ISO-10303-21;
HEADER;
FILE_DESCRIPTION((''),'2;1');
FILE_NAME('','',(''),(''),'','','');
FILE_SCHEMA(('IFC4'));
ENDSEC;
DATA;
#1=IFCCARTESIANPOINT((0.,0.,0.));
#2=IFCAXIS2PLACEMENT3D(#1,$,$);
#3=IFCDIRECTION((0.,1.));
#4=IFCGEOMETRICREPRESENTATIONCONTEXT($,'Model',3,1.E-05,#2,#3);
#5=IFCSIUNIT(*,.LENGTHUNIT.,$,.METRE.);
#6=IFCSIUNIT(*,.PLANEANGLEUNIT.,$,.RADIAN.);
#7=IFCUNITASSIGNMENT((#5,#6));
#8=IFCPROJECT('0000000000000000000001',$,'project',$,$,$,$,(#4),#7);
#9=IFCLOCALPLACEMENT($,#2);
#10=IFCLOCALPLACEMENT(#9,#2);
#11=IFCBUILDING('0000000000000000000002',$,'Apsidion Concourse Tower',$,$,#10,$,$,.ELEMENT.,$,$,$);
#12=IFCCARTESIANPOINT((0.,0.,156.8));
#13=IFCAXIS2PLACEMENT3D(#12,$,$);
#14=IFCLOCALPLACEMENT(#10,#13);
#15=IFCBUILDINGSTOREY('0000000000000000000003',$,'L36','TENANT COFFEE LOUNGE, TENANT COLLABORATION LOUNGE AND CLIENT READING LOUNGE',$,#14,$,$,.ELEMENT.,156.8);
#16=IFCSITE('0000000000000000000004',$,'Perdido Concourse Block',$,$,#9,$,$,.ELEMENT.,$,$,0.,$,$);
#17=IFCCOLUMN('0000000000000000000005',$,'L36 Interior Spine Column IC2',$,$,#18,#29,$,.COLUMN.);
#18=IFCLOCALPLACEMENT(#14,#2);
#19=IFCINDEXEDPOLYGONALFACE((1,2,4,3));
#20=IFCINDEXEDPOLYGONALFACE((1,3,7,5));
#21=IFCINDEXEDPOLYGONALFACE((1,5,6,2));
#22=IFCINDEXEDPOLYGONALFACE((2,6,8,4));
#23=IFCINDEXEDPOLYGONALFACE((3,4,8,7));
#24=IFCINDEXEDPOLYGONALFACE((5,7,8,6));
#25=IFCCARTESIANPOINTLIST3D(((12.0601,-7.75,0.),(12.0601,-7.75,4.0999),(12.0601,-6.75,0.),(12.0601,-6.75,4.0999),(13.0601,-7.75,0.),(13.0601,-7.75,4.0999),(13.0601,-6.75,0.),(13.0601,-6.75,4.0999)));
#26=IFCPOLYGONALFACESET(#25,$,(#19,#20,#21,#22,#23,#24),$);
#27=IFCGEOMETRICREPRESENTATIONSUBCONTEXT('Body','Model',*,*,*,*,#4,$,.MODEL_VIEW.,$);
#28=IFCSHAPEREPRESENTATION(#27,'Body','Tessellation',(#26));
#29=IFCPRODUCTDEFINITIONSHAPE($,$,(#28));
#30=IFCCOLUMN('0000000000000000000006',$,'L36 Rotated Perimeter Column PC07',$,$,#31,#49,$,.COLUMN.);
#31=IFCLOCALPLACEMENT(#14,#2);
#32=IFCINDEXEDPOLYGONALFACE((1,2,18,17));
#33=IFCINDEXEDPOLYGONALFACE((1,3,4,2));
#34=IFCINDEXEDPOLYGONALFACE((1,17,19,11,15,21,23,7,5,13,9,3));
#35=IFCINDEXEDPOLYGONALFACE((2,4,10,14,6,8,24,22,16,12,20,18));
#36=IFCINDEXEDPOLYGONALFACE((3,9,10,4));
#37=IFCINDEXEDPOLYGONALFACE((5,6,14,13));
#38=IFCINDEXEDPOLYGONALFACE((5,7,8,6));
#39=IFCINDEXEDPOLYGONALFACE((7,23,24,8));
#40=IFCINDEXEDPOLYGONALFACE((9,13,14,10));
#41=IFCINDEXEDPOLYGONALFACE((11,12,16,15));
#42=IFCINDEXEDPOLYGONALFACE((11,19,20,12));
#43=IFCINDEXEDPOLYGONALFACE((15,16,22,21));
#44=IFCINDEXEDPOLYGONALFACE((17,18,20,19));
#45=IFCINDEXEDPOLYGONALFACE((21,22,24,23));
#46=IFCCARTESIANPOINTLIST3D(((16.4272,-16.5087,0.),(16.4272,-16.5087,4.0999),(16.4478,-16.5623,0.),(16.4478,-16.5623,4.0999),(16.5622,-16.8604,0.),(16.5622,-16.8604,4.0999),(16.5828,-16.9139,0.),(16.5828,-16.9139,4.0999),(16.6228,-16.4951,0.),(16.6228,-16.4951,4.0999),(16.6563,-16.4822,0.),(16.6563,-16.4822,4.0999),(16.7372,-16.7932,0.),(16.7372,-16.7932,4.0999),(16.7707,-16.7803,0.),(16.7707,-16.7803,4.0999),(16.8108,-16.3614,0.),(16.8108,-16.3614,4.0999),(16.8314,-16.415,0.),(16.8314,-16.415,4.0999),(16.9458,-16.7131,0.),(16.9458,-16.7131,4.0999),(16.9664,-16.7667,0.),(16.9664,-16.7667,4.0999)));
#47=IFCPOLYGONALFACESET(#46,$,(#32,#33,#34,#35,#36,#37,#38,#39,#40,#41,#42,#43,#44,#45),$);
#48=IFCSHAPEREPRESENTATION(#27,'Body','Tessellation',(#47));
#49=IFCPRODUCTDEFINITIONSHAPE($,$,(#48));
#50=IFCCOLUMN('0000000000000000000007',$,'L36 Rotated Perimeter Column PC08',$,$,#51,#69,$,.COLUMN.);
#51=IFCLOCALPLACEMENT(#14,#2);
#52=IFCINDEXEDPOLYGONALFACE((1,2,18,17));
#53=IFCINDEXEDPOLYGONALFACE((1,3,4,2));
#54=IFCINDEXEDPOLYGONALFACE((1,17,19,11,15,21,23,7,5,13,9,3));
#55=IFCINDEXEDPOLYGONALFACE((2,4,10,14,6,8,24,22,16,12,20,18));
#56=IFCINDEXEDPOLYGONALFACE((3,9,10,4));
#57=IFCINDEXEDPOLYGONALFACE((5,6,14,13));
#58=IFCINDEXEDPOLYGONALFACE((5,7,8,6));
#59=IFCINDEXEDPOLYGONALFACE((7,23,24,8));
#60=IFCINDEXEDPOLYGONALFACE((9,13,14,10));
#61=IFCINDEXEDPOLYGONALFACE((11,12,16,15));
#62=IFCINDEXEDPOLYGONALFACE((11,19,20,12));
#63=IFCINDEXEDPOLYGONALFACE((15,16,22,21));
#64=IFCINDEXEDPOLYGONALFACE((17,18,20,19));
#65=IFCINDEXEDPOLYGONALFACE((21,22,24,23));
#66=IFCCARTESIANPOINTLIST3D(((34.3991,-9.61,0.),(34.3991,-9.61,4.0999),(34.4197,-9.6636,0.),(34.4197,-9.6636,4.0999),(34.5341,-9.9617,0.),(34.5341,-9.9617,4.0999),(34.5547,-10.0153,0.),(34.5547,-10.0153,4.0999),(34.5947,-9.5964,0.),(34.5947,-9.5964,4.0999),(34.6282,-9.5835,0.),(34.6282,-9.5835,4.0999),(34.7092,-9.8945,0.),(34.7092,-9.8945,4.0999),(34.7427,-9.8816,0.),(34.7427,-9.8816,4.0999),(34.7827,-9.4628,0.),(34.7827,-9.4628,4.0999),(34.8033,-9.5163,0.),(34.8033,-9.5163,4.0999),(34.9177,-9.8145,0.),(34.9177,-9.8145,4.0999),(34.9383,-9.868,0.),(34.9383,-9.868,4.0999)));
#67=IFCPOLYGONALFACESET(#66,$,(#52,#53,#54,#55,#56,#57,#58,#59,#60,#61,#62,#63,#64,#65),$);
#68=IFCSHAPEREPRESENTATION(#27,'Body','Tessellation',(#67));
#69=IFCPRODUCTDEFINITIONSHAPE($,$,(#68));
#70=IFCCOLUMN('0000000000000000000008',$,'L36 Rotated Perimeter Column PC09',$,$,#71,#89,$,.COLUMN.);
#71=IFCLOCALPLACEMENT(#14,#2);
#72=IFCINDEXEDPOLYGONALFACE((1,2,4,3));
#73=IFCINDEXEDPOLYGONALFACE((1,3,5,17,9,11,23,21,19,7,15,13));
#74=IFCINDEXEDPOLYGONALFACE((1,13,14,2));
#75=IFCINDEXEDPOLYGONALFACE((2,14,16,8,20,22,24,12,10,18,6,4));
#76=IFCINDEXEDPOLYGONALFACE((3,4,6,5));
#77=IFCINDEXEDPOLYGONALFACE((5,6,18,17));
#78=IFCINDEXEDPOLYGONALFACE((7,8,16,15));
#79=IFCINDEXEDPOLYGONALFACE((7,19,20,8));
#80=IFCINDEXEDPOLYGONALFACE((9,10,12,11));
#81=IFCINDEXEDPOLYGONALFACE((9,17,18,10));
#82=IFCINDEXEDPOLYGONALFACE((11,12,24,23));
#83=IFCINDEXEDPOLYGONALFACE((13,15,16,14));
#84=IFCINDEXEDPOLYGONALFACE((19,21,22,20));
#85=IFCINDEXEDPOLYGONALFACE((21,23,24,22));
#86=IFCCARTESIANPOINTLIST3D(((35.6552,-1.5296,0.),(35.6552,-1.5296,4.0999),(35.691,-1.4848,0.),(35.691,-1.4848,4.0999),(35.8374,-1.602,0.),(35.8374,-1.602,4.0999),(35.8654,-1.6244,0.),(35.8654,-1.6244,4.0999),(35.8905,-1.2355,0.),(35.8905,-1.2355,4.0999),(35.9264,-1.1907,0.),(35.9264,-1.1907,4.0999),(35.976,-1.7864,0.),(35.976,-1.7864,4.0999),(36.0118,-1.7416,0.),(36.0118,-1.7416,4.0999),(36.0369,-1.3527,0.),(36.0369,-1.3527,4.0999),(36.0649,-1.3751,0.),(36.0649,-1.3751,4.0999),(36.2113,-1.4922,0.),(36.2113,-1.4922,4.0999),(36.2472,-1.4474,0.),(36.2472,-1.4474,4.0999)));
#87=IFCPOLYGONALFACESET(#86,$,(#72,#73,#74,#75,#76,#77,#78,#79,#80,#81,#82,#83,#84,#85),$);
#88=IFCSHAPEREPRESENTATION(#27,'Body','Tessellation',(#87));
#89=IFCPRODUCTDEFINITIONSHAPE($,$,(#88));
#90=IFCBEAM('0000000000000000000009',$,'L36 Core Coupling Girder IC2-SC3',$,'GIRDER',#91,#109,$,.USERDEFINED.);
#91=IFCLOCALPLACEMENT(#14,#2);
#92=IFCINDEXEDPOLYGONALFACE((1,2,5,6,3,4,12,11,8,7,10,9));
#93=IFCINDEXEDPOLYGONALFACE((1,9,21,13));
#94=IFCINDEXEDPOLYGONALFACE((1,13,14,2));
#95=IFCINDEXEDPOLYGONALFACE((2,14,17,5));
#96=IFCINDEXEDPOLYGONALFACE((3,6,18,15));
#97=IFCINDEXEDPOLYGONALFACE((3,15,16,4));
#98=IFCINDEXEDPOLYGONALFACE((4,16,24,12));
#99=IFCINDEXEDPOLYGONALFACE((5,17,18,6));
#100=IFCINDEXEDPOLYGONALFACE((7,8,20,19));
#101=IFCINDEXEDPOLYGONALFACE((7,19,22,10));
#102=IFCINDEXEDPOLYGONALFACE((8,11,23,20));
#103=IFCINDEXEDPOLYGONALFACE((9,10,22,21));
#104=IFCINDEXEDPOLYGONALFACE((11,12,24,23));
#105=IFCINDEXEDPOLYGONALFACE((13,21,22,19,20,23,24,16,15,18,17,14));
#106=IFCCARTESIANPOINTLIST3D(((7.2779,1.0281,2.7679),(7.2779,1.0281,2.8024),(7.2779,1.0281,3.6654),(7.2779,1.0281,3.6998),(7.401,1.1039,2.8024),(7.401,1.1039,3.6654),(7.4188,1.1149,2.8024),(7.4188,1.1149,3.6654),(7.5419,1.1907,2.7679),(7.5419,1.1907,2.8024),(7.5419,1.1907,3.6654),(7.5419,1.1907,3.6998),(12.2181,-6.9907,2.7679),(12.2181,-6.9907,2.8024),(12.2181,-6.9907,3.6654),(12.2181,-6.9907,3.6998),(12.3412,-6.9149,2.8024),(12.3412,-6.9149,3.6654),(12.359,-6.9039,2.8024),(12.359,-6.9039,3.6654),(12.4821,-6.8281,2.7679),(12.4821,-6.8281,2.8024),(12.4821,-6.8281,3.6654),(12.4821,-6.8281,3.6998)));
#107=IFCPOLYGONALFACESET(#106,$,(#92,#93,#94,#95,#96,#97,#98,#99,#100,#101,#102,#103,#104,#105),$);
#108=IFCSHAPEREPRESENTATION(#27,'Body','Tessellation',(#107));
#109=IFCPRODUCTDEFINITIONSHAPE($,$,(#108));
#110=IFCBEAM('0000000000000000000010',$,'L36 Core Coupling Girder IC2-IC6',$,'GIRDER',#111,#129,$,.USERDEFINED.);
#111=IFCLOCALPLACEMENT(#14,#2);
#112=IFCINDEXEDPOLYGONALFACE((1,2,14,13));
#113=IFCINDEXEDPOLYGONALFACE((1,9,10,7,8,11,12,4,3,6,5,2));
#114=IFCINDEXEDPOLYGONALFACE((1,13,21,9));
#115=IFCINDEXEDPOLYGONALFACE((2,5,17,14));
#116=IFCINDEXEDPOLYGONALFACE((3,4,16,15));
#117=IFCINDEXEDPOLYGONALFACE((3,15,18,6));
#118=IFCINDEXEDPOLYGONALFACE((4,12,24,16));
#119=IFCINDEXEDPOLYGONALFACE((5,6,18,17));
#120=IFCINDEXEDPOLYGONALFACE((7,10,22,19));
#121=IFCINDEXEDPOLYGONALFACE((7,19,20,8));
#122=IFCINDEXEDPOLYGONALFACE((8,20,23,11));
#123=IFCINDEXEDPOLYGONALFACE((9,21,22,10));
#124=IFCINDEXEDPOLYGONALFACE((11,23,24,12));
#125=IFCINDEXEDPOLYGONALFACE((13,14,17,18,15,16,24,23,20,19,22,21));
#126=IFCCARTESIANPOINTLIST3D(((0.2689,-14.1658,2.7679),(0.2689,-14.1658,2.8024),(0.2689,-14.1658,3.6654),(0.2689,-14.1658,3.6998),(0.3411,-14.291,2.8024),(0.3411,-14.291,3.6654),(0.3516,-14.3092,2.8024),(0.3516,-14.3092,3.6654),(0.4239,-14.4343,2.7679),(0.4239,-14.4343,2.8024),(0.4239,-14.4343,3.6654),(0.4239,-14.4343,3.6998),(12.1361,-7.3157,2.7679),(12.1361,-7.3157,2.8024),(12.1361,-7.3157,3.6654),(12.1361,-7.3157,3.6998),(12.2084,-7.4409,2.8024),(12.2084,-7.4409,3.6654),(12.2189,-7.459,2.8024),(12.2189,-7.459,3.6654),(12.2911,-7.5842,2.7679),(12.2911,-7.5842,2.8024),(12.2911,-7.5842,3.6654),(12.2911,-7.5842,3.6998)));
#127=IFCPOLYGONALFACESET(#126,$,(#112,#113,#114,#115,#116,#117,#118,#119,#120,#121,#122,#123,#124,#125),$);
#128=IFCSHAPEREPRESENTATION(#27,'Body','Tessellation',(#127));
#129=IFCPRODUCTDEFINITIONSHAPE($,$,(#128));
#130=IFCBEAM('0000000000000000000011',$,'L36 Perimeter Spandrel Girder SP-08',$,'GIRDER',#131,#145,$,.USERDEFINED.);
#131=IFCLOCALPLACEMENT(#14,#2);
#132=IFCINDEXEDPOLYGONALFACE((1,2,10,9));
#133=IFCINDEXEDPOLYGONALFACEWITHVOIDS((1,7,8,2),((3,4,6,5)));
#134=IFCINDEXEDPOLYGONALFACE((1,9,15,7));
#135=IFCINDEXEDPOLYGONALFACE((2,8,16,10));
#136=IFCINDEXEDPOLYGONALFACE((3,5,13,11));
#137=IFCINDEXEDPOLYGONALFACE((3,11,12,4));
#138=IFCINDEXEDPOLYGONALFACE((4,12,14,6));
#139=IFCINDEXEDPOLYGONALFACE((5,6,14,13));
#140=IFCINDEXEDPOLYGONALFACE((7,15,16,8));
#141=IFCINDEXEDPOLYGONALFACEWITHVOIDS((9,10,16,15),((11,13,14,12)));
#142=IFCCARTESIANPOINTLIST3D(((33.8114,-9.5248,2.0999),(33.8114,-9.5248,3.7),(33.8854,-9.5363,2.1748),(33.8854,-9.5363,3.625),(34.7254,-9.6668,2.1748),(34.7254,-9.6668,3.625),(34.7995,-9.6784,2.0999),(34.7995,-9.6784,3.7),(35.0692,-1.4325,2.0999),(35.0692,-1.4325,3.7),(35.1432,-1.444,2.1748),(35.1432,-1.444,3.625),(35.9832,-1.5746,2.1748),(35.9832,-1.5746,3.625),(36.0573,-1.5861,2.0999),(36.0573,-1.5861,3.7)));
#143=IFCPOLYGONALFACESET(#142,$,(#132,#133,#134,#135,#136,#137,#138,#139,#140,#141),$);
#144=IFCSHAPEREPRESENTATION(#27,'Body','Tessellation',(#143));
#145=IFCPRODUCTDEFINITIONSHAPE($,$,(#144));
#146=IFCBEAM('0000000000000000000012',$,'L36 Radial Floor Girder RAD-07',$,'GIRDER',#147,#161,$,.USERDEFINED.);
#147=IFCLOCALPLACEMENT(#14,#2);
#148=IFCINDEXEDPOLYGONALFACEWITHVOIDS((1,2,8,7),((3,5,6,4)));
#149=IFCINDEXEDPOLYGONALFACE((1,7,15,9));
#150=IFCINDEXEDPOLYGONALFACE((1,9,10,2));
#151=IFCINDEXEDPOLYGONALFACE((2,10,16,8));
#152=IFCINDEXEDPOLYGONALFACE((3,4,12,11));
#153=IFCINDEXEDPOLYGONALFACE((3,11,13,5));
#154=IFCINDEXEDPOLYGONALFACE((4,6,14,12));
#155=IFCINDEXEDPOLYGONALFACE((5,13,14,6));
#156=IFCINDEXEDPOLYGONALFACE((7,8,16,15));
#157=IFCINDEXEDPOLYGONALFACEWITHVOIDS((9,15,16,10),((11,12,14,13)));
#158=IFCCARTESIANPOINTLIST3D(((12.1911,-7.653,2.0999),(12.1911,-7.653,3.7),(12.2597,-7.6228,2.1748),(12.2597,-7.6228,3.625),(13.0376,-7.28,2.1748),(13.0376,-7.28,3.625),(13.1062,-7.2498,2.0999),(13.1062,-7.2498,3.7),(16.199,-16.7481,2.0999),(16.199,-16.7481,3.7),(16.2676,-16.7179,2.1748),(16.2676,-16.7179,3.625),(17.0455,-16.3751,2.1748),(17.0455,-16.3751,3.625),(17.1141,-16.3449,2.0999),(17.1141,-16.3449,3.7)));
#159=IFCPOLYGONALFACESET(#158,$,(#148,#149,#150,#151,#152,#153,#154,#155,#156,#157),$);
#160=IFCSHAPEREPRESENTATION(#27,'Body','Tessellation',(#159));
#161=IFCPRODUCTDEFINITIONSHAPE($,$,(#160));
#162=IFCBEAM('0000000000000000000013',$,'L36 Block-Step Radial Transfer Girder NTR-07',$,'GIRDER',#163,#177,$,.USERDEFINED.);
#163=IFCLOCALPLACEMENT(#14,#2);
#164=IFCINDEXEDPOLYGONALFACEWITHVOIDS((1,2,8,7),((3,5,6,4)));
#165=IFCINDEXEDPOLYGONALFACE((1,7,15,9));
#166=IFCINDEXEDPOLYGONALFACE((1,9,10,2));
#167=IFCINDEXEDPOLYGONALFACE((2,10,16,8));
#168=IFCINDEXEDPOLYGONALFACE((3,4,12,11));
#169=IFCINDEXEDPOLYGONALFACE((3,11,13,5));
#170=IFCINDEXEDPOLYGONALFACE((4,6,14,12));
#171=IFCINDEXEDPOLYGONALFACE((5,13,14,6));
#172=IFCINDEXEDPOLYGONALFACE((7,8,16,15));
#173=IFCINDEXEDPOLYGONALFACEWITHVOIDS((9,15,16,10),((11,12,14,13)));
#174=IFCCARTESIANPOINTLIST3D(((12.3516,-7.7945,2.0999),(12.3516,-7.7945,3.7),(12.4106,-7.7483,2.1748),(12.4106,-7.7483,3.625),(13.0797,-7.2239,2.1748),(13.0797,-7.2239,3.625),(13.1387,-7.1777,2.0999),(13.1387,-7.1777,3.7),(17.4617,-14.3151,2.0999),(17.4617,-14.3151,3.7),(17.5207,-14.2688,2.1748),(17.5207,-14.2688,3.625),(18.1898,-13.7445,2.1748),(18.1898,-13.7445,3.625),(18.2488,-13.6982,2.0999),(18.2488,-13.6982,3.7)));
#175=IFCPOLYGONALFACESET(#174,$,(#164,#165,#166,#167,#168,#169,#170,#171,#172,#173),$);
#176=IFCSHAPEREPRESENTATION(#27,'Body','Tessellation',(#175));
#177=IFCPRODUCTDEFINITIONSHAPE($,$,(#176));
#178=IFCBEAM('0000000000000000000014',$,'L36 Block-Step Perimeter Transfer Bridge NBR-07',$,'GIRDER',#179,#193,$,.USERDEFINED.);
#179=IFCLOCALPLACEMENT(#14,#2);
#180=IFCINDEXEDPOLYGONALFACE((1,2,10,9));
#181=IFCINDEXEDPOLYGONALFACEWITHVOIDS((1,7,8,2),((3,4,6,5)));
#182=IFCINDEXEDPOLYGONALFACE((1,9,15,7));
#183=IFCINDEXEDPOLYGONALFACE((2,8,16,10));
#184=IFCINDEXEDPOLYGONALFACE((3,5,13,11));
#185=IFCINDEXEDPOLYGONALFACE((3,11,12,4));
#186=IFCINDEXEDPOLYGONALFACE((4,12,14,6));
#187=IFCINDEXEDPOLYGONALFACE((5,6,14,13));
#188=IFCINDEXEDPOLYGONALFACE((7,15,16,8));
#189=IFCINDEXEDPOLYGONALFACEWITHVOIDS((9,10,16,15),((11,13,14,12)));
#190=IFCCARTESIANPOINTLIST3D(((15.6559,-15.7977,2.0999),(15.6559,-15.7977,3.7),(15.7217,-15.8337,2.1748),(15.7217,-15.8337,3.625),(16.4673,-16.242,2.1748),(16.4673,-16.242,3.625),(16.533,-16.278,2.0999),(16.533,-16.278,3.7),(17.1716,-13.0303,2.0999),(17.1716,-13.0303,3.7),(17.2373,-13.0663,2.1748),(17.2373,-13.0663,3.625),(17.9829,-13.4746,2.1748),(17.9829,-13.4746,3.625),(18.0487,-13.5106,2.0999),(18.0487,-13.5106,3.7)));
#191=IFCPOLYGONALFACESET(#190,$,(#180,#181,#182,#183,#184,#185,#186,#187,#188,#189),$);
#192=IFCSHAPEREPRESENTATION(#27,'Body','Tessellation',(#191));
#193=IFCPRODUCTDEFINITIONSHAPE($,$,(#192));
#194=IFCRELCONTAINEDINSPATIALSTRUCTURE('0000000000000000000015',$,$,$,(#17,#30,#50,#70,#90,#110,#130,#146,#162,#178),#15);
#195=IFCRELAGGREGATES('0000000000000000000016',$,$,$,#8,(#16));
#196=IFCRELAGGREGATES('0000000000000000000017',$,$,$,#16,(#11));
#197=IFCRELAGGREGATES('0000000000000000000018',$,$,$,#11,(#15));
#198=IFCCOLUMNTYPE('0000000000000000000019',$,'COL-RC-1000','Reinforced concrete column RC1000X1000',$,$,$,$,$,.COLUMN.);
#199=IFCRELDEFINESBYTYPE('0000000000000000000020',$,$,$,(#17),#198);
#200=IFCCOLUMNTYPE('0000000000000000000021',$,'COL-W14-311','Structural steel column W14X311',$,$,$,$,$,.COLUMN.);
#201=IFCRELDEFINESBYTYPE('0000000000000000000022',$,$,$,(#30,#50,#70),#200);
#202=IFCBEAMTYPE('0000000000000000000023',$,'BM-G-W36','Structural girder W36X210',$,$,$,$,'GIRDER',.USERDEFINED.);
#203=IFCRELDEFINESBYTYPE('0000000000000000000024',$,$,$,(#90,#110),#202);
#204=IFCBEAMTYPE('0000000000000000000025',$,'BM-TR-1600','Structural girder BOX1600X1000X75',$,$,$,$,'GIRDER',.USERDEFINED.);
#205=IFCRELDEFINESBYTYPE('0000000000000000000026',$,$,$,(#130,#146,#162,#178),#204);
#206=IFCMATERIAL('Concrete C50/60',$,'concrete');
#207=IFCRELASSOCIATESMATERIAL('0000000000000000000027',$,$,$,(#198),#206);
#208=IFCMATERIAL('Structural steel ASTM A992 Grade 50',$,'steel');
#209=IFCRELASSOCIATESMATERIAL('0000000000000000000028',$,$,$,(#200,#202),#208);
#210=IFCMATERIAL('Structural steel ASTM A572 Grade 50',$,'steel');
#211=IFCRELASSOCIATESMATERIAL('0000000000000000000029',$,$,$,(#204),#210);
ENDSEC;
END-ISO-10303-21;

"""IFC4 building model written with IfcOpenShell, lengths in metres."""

from ifc_helpers import new_model, si_unit, direction, frame, origin, origin_2d, place, context, subcontext, project, spatial, rectangle, hollow_rectangle, i_section, extrude, material, material_profile, profile_set, type_object, element, save


model = new_model("IFC4")

# Units and contexts
model_context = context("Model", 3, precision=1e-05, world=origin(), true_north=direction((0.0, 1.0)))
body_context = subcontext(model_context, "Body", "Model", "MODEL_VIEW")
ifc_project = project(units=[si_unit("LENGTHUNIT", "METRE"), si_unit("PLANEANGLEUNIT", "RADIAN")], contexts=[model_context])

# Site, building, storey
site_placement = place(None, origin())
site = spatial("IfcSite", under=ifc_project, at=site_placement, Name="Perdido Concourse Block", CompositionType="ELEMENT", RefElevation=0.0)
building_placement = place(site_placement, origin())
building = spatial("IfcBuilding", under=site, at=building_placement, Name="Apsidion Concourse Tower", CompositionType="ELEMENT")
storey_placement = place(building_placement, frame((0.0, 0.0, 156.8)))
storey = spatial("IfcBuildingStorey", under=building, at=storey_placement, Name="L36", Description="TENANT COFFEE LOUNGE, TENANT COLLABORATION LOUNGE AND CLIENT READING LOUNGE", CompositionType="ELEMENT", Elevation=156.8)

# Columns
ifc_material_1 = material(Name="Concrete C50/60", Category="concrete")
ifc_material_profile_1 = material_profile(ifc_material_1, rectangle(XDim=1.0, YDim=1.0, at=origin_2d()), Name="RC 1000x1000")
ifc_profile_set_1 = profile_set([ifc_material_profile_1], Name="Concrete C50/60")
column_type_1 = type_object("IfcColumnType", Name="COL-RC-1000", Description="Reinforced concrete column RC1000X1000", PredefinedType="COLUMN", material=ifc_profile_set_1)
column_placement = place(storey_placement, frame((12.5601, -7.25, 0.0), z_axis=(0.0, 0.0, 1.0), x_axis=(1.0, 0.0, 0.0)))
element("IfcColumn", 1, at=column_placement, inside=storey, type_object=column_type_1, Name="L36 Interior Spine Column IC2", PredefinedType="COLUMN", context=body_context, shape_type="SweptSolid", body=[
    extrude(rectangle(XDim=1.0, YDim=1.0, at=origin_2d()), origin(), (0.0, 0.0, 1.0), 4.0999),
])
ifc_material_2 = material(Name="Structural steel ASTM A992 Grade 50", Category="steel")
ifc_material_profile_2 = material_profile(ifc_material_2, i_section(OverallWidth=0.4109, OverallDepth=0.4341, WebThickness=0.0359, FlangeThickness=0.0574, at=origin_2d()), Name="W14X311")
ifc_profile_set_2 = profile_set([ifc_material_profile_2], Name="Structural steel ASTM A992 Grade 50")
column_type_2 = type_object("IfcColumnType", Name="COL-W14-311", Description="Structural steel column W14X311", PredefinedType="COLUMN", material=ifc_profile_set_2)
for number, where, z_axis, x_axis, name in (
    (2, (16.6968, -16.6377, 0.0), (0.0, 0.0, 1.0), (0.93358, 0.358368, 0.0), "L36 Rotated Perimeter Column PC07"),
    (3, (34.6687, -9.739, 0.0), (0.0, 0.0, 1.0), (0.93358, 0.358368, 0.0), "L36 Rotated Perimeter Column PC08"),
    (4, (35.9512, -1.4885, 0.0), (0.0, 0.0, 1.0), (-0.780758, 0.624834, 0.0), "L36 Rotated Perimeter Column PC09"),
):
    element("IfcColumn", number, at=place(storey_placement, frame(where, z_axis=z_axis, x_axis=x_axis)), inside=storey, type_object=column_type_2, Name=name, PredefinedType="COLUMN", context=body_context, shape_type="SweptSolid", body=[
        extrude(i_section(OverallWidth=0.4109, OverallDepth=0.4341, WebThickness=0.0359, FlangeThickness=0.0574, at=origin_2d()), origin(), (0.0, 0.0, 1.0), 4.0999),
    ])

# Beams
ifc_material_profile_3 = material_profile(ifc_material_2, i_section(OverallWidth=0.3101, OverallDepth=0.9319, WebThickness=0.021, FlangeThickness=0.0344, at=origin_2d()), Name="W36X210")
ifc_profile_set_3 = profile_set([ifc_material_profile_3], Name="Structural steel ASTM A992 Grade 50")
beam_type_1 = type_object("IfcBeamType", Name="BM-G-W36", Description="Structural girder W36X210", ElementType="GIRDER", PredefinedType="USERDEFINED", material=ifc_profile_set_3)
beam_1_placement = place(storey_placement, frame((12.3501, -6.9094, 3.2339), z_axis=(-0.524524, 0.851396, 0.0), x_axis=(-0.851396, -0.524524, 0.0)))
element("IfcBeam", 5, at=beam_1_placement, inside=storey, type_object=beam_type_1, Name="L36 Core Coupling Girder IC2-SC3", ObjectType="GIRDER", PredefinedType="USERDEFINED", context=body_context, shape_type="SweptSolid", body=[
    extrude(i_section(OverallWidth=0.3101, OverallDepth=0.9319, WebThickness=0.021, FlangeThickness=0.0344, at=origin_2d()), origin(), (0.0, 0.0, 1.0), 9.4185),
])
beam_2_placement = place(storey_placement, frame((12.2136, -7.45, 3.2339), z_axis=(-0.86607, -0.499922, 0.0), x_axis=(0.499922, -0.86607, 0.0)))
element("IfcBeam", 6, at=beam_2_placement, inside=storey, type_object=beam_type_1, Name="L36 Core Coupling Girder IC2-IC6", ObjectType="GIRDER", PredefinedType="USERDEFINED", context=body_context, shape_type="SweptSolid", body=[
    extrude(i_section(OverallWidth=0.3101, OverallDepth=0.9319, WebThickness=0.021, FlangeThickness=0.0344, at=origin_2d()), origin(), (0.0, 0.0, 1.0), 13.7024),
])
ifc_material_3 = material(Name="Structural steel ASTM A572 Grade 50", Category="steel")
ifc_material_profile_4 = material_profile(ifc_material_3, hollow_rectangle(XDim=1.0, YDim=1.6001, WallThickness=0.075, at=origin_2d()), Name="BOX1600X1000X75")
ifc_profile_set_4 = profile_set([ifc_material_profile_4], Name="Structural steel ASTM A572 Grade 50")
beam_type_2 = type_object("IfcBeamType", Name="BM-TR-1600", Description="Structural girder BOX1600X1000X75", ElementType="GIRDER", PredefinedType="USERDEFINED", material=ifc_profile_set_4)
beam_3_placement = place(storey_placement, frame((34.3054, -9.6016, 2.8999), z_axis=(0.153589, 0.988135, 0.0), x_axis=(-0.988135, 0.153589, 0.0)))
element("IfcBeam", 7, at=beam_3_placement, inside=storey, type_object=beam_type_2, Name="L36 Perimeter Spandrel Girder SP-08", ObjectType="GIRDER", PredefinedType="USERDEFINED", context=body_context, shape_type="SweptSolid", body=[
    extrude(hollow_rectangle(XDim=1.0, YDim=1.6001, WallThickness=0.075, at=origin_2d()), origin(), (0.0, 0.0, 1.0), 8.1895),
])
beam_4_placement = place(storey_placement, frame((12.6487, -7.4514, 2.8999), z_axis=(0.403246, -0.915091, 0.0), x_axis=(0.915091, 0.403246, 0.0)))
element("IfcBeam", 8, at=beam_4_placement, inside=storey, type_object=beam_type_2, Name="L36 Radial Floor Girder RAD-07", ObjectType="GIRDER", PredefinedType="USERDEFINED", context=body_context, shape_type="SweptSolid", body=[
    extrude(hollow_rectangle(XDim=1.0, YDim=1.6001, WallThickness=0.075, at=origin_2d()), origin(), (0.0, 0.0, 1.0), 9.939),
])
beam_5_placement = place(storey_placement, frame((12.7451, -7.4861, 2.8999), z_axis=(0.61684, -0.787089, 0.0), x_axis=(0.787089, 0.61684, 0.0)))
element("IfcBeam", 9, at=beam_5_placement, inside=storey, type_object=beam_type_2, Name="L36 Block-Step Radial Transfer Girder NTR-07", ObjectType="GIRDER", PredefinedType="USERDEFINED", context=body_context, shape_type="SweptSolid", body=[
    extrude(hollow_rectangle(XDim=1.0, YDim=1.6001, WallThickness=0.075, at=origin_2d()), origin(), (0.0, 0.0, 1.0), 8.2844),
])
beam_6_placement = place(storey_placement, frame((16.0945, -16.0378, 2.8999), z_axis=(0.480359, 0.877072, 0.0), x_axis=(-0.877072, 0.480359, 0.0)))
element("IfcBeam", 10, at=beam_6_placement, inside=storey, type_object=beam_type_2, Name="L36 Block-Step Perimeter Transfer Bridge NBR-07", ObjectType="GIRDER", PredefinedType="USERDEFINED", context=body_context, shape_type="SweptSolid", body=[
    extrude(hollow_rectangle(XDim=1.0, YDim=1.6001, WallThickness=0.075, at=origin_2d()), origin(), (0.0, 0.0, 1.0), 3.1553),
])

save(model, "model.ifc")
